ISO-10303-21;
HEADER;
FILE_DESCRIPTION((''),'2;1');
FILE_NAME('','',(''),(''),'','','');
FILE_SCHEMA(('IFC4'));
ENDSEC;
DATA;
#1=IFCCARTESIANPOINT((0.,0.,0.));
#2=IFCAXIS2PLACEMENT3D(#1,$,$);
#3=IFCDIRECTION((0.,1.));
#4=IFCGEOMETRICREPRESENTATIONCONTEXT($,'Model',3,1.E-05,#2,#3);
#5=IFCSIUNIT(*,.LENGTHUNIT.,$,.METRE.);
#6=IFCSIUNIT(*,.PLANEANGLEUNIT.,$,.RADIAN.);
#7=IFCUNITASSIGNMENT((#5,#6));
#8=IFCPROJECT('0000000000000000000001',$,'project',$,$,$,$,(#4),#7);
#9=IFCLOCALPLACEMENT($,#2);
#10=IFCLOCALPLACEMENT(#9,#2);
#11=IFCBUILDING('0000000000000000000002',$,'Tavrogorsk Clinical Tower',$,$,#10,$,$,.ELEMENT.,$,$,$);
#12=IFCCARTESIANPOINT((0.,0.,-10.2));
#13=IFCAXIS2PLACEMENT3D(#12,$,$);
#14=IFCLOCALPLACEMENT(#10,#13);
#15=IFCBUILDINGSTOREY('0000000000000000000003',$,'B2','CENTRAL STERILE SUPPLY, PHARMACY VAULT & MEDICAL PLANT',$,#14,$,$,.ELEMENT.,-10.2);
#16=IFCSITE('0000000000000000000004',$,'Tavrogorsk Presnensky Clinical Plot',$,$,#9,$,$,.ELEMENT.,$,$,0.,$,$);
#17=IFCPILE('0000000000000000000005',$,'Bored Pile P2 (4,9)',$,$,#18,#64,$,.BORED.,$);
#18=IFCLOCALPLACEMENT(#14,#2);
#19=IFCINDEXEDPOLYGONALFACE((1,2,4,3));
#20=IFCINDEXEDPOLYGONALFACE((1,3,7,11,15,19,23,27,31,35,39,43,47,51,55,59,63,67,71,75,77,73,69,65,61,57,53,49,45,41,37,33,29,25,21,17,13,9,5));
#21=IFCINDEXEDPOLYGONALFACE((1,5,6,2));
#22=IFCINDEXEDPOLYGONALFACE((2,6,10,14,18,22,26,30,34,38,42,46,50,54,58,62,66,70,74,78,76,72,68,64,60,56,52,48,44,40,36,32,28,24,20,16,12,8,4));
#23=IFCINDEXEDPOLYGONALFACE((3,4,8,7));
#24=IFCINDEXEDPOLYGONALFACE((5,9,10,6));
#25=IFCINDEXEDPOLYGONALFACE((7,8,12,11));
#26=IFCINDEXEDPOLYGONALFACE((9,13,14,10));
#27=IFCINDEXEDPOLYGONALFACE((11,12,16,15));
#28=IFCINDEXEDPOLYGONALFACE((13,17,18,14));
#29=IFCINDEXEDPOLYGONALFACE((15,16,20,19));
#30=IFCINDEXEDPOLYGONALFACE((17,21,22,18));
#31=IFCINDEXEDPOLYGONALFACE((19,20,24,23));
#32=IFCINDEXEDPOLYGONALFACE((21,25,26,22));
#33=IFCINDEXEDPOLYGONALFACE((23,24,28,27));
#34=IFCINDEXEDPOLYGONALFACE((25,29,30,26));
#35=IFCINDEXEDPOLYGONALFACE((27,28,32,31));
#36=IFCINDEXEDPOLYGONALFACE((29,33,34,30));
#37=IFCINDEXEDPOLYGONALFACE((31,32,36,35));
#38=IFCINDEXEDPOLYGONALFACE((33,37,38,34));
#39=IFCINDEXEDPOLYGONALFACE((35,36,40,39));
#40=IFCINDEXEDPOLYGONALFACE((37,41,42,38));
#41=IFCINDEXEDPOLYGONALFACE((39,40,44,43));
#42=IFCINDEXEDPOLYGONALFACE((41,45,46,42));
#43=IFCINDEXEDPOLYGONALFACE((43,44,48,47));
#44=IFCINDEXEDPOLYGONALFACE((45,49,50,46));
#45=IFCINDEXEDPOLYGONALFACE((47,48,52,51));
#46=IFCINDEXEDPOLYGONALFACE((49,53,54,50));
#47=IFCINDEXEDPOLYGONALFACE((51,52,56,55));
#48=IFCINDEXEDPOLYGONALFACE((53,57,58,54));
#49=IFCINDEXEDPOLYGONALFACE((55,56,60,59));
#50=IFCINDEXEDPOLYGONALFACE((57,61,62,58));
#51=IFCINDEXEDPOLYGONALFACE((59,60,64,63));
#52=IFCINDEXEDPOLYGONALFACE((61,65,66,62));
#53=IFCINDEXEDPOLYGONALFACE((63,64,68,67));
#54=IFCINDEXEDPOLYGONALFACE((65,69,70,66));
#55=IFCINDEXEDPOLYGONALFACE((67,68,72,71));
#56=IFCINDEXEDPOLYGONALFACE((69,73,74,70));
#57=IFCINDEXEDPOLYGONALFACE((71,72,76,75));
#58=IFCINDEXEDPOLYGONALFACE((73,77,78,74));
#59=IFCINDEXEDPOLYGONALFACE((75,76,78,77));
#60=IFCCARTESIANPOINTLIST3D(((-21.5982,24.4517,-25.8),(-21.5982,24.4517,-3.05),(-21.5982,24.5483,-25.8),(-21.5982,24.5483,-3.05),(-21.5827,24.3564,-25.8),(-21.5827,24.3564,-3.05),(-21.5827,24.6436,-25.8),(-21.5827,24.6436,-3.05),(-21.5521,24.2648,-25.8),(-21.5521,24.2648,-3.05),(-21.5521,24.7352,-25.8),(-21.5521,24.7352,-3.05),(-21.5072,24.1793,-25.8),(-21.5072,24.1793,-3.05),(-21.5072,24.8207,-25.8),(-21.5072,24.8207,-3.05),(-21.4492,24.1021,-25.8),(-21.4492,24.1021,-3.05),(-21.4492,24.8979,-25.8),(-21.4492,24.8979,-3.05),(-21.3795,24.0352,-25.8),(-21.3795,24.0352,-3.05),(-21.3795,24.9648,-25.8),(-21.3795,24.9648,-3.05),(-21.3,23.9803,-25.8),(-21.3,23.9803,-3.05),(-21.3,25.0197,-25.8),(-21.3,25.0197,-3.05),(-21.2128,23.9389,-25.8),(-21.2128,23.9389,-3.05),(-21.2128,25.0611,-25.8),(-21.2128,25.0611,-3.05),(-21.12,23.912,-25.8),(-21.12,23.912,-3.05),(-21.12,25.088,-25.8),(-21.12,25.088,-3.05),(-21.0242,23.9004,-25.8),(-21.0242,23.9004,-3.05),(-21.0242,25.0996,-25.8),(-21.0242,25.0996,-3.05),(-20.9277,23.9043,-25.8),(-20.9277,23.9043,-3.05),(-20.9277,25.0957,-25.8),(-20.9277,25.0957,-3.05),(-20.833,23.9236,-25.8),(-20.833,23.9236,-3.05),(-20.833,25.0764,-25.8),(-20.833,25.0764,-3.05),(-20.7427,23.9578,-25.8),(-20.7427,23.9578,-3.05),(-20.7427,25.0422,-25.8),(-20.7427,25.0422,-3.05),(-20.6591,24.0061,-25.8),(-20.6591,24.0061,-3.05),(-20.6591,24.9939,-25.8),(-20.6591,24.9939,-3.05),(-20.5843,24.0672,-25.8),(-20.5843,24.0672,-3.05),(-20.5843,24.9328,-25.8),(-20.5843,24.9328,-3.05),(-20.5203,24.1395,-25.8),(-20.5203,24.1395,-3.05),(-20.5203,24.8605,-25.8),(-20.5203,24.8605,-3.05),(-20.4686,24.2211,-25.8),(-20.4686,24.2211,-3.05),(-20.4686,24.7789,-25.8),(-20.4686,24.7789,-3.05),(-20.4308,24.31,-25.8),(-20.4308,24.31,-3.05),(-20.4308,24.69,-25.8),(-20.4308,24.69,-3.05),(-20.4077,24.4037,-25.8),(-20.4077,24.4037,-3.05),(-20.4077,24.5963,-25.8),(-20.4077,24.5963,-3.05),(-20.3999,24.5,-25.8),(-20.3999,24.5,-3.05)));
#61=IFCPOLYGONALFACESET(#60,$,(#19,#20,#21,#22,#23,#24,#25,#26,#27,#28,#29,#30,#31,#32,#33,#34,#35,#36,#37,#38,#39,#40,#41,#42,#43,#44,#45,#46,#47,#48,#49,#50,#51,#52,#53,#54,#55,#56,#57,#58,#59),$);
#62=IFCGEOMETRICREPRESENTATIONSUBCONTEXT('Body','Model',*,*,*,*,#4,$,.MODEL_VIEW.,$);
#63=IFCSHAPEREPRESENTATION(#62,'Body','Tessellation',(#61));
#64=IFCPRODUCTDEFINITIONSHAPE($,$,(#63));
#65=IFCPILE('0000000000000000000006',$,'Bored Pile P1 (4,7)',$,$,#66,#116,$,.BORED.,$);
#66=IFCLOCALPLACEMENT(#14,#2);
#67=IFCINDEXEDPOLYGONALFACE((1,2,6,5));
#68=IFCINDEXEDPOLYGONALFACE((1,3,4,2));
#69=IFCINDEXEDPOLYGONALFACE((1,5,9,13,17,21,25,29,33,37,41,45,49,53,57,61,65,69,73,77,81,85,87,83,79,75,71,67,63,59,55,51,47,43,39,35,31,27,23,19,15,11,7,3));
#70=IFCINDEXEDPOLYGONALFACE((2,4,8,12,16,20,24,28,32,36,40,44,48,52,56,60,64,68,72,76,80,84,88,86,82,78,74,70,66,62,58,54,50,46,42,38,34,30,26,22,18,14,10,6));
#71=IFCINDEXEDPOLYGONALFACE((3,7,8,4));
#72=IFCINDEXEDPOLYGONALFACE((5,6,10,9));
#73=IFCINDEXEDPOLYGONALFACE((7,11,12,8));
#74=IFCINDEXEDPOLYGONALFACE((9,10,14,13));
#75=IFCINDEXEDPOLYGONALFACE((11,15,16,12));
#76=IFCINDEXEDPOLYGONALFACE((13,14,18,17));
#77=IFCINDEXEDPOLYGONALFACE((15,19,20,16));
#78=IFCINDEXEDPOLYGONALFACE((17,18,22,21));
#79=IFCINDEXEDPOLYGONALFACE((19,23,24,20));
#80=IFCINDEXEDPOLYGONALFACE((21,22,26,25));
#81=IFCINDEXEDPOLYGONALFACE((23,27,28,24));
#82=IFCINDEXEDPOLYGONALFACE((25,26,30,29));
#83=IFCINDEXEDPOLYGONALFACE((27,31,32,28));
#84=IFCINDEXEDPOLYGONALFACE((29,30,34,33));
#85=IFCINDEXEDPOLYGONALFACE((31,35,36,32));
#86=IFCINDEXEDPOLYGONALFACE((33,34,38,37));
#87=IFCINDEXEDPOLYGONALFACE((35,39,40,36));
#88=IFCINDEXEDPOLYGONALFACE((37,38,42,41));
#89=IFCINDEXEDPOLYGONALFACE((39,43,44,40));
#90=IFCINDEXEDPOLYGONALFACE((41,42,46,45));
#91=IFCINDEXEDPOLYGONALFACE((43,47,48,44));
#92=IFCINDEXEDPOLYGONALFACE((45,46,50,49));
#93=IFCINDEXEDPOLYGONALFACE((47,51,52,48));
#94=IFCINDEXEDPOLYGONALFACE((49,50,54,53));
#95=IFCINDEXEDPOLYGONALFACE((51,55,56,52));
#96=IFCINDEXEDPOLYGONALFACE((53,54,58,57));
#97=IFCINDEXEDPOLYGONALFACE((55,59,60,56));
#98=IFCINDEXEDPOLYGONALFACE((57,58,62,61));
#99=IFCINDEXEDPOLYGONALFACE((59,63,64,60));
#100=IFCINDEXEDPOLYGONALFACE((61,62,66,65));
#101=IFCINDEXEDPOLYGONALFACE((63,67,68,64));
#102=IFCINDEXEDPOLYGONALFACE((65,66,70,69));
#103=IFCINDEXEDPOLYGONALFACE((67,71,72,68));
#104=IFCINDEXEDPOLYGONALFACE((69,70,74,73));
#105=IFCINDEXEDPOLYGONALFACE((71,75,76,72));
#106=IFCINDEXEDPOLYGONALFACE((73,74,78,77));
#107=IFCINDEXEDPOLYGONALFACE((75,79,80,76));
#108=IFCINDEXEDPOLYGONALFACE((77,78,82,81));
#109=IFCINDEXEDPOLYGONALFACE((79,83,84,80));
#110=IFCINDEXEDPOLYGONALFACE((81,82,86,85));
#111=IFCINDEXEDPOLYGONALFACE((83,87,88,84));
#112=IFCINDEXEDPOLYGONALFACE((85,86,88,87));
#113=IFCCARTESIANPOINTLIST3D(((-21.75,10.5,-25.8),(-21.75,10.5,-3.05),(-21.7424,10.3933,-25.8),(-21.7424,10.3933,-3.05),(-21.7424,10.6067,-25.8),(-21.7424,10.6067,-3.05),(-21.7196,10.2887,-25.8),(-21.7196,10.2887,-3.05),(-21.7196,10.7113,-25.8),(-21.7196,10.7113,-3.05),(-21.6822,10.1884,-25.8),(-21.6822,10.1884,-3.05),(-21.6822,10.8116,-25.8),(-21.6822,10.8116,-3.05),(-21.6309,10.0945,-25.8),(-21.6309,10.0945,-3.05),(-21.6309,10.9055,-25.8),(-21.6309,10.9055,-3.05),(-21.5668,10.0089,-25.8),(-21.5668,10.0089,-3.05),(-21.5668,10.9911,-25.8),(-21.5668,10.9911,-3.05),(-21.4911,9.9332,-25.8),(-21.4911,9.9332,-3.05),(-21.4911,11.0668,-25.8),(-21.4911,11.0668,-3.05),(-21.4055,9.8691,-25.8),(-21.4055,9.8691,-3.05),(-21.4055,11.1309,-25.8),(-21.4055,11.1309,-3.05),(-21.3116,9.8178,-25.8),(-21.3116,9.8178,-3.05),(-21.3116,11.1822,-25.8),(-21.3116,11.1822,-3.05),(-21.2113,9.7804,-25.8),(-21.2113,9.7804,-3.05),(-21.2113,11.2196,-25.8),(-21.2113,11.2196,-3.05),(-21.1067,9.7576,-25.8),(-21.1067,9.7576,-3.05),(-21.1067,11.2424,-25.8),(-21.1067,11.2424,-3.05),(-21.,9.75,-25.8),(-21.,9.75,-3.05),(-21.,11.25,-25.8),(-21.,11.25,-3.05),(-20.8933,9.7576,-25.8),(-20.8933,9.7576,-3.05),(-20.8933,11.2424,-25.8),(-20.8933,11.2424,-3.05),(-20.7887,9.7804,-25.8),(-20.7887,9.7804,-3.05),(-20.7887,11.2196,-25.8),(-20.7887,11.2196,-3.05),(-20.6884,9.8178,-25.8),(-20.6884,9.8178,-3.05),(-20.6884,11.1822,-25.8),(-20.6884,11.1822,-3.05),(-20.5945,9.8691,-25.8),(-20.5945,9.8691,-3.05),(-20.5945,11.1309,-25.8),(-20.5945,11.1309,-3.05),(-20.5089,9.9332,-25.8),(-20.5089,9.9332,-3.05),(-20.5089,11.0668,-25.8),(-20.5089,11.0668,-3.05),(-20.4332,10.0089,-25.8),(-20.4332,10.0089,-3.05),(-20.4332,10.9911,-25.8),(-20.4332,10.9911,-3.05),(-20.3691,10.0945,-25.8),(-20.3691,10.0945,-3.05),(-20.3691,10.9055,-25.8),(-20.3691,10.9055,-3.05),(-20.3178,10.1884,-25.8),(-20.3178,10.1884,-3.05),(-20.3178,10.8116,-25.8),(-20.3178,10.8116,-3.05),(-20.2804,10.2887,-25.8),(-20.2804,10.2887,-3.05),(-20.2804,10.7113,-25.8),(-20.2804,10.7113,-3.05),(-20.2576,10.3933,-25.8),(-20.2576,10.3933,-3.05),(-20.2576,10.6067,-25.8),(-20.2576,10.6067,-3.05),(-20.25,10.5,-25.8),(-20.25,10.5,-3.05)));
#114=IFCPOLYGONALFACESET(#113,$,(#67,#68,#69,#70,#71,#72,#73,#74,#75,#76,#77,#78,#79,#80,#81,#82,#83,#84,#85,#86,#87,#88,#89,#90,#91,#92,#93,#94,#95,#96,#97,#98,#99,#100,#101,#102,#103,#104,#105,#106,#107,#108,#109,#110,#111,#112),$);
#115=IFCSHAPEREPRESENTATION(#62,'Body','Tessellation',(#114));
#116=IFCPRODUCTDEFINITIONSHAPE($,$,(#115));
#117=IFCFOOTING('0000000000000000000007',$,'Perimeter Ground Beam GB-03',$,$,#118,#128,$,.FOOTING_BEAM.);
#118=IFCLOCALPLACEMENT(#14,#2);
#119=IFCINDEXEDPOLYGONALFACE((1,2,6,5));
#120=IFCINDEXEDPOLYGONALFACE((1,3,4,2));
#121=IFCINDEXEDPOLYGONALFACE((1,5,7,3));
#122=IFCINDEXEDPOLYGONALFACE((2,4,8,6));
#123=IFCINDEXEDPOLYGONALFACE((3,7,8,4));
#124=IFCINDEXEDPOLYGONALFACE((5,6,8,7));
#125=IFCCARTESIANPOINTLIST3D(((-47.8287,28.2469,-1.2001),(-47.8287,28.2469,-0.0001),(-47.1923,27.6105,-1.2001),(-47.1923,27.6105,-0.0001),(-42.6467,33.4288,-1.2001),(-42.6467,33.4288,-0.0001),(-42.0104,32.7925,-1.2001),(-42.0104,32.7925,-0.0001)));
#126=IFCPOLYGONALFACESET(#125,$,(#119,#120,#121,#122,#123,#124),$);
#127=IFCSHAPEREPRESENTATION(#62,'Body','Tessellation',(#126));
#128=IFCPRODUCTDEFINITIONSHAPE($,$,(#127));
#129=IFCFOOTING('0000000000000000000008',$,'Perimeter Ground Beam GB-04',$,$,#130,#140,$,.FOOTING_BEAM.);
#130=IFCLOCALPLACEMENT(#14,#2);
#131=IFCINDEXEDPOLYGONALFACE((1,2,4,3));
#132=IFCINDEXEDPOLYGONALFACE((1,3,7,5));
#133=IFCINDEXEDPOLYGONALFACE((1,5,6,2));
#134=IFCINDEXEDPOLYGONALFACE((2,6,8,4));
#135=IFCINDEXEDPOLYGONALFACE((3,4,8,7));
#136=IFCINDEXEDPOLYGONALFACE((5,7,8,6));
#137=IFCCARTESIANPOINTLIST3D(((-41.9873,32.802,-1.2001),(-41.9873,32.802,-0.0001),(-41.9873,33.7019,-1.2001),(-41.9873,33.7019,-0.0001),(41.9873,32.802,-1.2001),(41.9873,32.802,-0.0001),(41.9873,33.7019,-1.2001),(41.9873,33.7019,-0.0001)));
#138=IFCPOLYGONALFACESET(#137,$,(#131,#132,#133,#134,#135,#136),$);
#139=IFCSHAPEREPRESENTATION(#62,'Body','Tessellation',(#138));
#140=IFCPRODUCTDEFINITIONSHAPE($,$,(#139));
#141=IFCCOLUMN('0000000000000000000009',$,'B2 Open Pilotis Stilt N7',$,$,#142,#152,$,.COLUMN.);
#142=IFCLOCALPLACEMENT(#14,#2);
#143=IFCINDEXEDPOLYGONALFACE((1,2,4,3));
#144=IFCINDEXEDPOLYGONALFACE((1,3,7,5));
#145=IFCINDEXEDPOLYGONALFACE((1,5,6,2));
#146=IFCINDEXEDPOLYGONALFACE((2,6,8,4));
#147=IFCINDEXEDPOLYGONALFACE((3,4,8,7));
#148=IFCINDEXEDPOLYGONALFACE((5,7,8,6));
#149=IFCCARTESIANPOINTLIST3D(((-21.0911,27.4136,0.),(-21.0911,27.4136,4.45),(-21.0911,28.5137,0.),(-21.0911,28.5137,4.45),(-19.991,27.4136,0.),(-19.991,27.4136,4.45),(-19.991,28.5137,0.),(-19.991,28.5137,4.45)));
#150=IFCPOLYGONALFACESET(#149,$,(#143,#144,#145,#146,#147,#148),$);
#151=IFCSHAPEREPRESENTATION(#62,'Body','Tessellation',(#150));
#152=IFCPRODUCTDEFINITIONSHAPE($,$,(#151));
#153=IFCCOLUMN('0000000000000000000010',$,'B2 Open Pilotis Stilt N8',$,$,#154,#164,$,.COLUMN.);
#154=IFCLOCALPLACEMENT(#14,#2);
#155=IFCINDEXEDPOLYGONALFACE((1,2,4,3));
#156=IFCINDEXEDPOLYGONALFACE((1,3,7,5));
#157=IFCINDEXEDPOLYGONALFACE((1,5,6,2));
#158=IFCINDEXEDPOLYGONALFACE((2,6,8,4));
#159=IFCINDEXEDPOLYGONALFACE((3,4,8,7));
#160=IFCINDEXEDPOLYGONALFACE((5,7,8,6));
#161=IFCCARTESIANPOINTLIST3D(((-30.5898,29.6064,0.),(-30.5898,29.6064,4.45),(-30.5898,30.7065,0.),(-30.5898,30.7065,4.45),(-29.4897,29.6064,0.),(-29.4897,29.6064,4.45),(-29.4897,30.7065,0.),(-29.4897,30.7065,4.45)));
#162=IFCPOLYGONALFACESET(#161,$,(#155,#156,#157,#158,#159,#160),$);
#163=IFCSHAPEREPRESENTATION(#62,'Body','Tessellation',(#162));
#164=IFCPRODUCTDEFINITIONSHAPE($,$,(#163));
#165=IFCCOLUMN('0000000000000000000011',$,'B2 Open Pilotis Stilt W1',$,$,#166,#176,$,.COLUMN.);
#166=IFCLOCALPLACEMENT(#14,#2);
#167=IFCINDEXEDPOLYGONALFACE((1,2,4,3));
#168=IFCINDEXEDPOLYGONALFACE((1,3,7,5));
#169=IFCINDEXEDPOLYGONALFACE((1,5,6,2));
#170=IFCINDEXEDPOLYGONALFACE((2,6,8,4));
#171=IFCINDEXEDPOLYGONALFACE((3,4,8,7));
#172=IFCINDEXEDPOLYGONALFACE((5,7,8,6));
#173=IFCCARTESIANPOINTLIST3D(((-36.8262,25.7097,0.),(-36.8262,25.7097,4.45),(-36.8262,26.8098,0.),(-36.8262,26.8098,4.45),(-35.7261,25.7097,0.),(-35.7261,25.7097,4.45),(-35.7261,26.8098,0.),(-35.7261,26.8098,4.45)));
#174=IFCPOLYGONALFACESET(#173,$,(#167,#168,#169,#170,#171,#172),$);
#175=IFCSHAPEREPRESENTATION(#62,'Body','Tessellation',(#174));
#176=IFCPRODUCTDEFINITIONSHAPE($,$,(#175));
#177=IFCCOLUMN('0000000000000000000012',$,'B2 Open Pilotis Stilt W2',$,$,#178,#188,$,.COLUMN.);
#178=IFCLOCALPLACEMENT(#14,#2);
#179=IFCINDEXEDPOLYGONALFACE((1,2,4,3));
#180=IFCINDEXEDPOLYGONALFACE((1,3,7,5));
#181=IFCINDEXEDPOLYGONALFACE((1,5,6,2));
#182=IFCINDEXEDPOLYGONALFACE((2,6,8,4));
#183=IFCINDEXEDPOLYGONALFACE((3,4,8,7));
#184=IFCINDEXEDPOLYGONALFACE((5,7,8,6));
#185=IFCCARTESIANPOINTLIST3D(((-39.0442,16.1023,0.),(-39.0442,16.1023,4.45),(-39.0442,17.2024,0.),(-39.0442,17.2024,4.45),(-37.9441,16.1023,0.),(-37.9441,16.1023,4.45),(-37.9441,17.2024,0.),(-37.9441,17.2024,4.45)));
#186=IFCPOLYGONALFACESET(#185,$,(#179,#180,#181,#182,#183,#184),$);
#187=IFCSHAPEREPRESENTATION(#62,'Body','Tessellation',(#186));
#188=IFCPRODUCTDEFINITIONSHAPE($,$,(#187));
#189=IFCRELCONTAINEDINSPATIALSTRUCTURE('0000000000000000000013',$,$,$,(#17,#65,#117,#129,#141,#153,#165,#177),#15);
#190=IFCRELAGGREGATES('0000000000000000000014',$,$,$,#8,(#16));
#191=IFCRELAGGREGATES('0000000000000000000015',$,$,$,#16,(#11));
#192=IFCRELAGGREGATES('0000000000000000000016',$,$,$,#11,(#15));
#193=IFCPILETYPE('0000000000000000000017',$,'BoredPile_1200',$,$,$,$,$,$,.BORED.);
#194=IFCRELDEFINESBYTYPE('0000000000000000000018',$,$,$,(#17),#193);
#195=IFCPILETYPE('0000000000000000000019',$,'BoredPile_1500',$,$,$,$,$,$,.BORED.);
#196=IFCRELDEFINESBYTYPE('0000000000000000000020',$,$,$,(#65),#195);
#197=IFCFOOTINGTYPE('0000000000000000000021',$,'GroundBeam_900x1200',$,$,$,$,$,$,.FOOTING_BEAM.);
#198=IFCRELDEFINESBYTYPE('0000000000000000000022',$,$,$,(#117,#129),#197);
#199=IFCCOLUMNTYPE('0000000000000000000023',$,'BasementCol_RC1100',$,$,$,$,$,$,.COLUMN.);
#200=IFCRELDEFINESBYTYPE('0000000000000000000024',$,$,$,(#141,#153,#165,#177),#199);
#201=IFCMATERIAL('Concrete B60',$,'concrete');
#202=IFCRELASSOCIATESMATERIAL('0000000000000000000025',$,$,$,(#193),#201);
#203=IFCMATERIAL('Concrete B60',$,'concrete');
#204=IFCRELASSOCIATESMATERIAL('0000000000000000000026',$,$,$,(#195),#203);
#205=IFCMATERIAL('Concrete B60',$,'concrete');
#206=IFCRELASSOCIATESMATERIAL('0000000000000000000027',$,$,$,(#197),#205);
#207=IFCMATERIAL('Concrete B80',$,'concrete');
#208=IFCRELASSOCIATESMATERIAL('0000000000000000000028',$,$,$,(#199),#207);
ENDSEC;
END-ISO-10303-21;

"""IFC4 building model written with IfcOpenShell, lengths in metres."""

from ifc_helpers import new_model, si_unit, direction, frame, origin, origin_2d, place, context, subcontext, project, spatial, rectangle, circle, extrude, material, material_profile, profile_set, type_object, element, save


model = new_model("IFC4")

# Units and contexts
model_context = context("Model", 3, precision=1e-05, world=origin(), true_north=direction((0.0, 1.0)))
body_context = subcontext(model_context, "Body", "Model", "MODEL_VIEW")
ifc_project = project(units=[si_unit("LENGTHUNIT", "METRE"), si_unit("PLANEANGLEUNIT", "RADIAN")], contexts=[model_context])

# Site, building, storey
site_placement = place(None, origin())
site = spatial("IfcSite", under=ifc_project, at=site_placement, Name="Tavrogorsk Presnensky Clinical Plot", CompositionType="ELEMENT", RefElevation=0.0)
building_placement = place(site_placement, origin())
building = spatial("IfcBuilding", under=site, at=building_placement, Name="Tavrogorsk Clinical Tower", CompositionType="ELEMENT")
storey_placement = place(building_placement, frame((0.0, 0.0, -10.2)))
storey = spatial("IfcBuildingStorey", under=building, at=storey_placement, Name="B2", Description="CENTRAL STERILE SUPPLY, PHARMACY VAULT & MEDICAL PLANT", CompositionType="ELEMENT", Elevation=-10.2)

# Piles
ifc_material_1 = material(Name="Concrete B60", Category="concrete")
ifc_material_profile_1 = material_profile(ifc_material_1, circle(Radius=0.6001, at=origin_2d()), Name="BORED-PILE-1200")
ifc_profile_set_1 = profile_set([ifc_material_profile_1], Name="Concrete B60")
pile_type_1 = type_object("IfcPileType", Name="BoredPile_1200", PredefinedType="BORED", material=ifc_profile_set_1)
for number, where, z_axis, x_axis, name in (
    (1, (-21.0, 24.5, -3.05), (0.0, 0.0, -1.0), (1.0, 0.0, 0.0), "Bored Pile P2 (4,9)"),
):
    element("IfcPile", number, at=place(storey_placement, frame(where, z_axis=z_axis, x_axis=x_axis)), inside=storey, type_object=pile_type_1, Name=name, PredefinedType="BORED", context=body_context, shape_type="SweptSolid", body=[
        extrude(circle(Radius=0.6001, at=origin_2d()), origin(), (0.0, 0.0, 1.0), 22.75),
    ])
ifc_material_2 = material(Name="Concrete B60", Category="concrete")
ifc_material_profile_2 = material_profile(ifc_material_2, circle(Radius=0.75, at=origin_2d()), Name="BORED-PILE-1500")
ifc_profile_set_2 = profile_set([ifc_material_profile_2], Name="Concrete B60")
pile_type_2 = type_object("IfcPileType", Name="BoredPile_1500", PredefinedType="BORED", material=ifc_profile_set_2)
pile_placement = place(storey_placement, frame((-21.0, 10.5, -3.05), z_axis=(0.0, 0.0, -1.0), x_axis=(1.0, 0.0, 0.0)))
element("IfcPile", 2, at=pile_placement, inside=storey, type_object=pile_type_2, Name="Bored Pile P1 (4,7)", PredefinedType="BORED", context=body_context, shape_type="SweptSolid", body=[
    extrude(circle(Radius=0.75, at=origin_2d()), origin(), (0.0, 0.0, 1.0), 22.75),
])

# Footings
ifc_material_3 = material(Name="Concrete B60", Category="concrete")
ifc_material_profile_3 = material_profile(ifc_material_3, rectangle(XDim=0.8999, YDim=1.2, at=origin_2d()), Name="RC-GB-900x1200")
ifc_profile_set_3 = profile_set([ifc_material_profile_3], Name="Concrete B60")
footing_type = type_object("IfcFootingType", Name="GroundBeam_900x1200", PredefinedType="FOOTING_BEAM", material=ifc_profile_set_3)
footing_1_placement = place(storey_placement, frame((-47.5105, 27.9287, -0.6001), z_axis=(0.707107, 0.707107, 0.0), x_axis=(-0.707107, 0.707107, 0.0)))
element("IfcFooting", 3, at=footing_1_placement, inside=storey, type_object=footing_type, Name="Perimeter Ground Beam GB-03", PredefinedType="FOOTING_BEAM", context=body_context, shape_type="SweptSolid", body=[
    extrude(rectangle(XDim=0.8999, YDim=1.2, at=origin_2d()), origin(), (0.0, 0.0, 1.0), 7.3284),
])
footing_2_placement = place(storey_placement, frame((-41.9873, 33.252, -0.6001), z_axis=(1.0, 0.0, 0.0), x_axis=(0.0, 1.0, 0.0)))
element("IfcFooting", 4, at=footing_2_placement, inside=storey, type_object=footing_type, Name="Perimeter Ground Beam GB-04", PredefinedType="FOOTING_BEAM", context=body_context, shape_type="SweptSolid", body=[
    extrude(rectangle(XDim=0.8999, YDim=1.2, at=origin_2d()), origin(), (0.0, 0.0, 1.0), 83.9746),
])

# Columns
ifc_material_4 = material(Name="Concrete B80", Category="concrete")
ifc_material_profile_4 = material_profile(ifc_material_4, rectangle(XDim=1.1001, YDim=1.1001, at=origin_2d()), Name="RC-COL-1100x1100")
ifc_profile_set_4 = profile_set([ifc_material_profile_4], Name="Concrete B80")
column_type_1 = type_object("IfcColumnType", Name="BasementCol_RC1100", PredefinedType="COLUMN", material=ifc_profile_set_4)
for number, where, z_axis, x_axis, name in (
    (5, (-20.541, 27.9636, 0.0), (0.0, 0.0, 1.0), (1.0, 0.0, 0.0), "B2 Open Pilotis Stilt N7"),
    (6, (-30.0398, 30.1565, 0.0), (0.0, 0.0, 1.0), (1.0, 0.0, 0.0), "B2 Open Pilotis Stilt N8"),
    (7, (-36.2761, 26.2598, 0.0), (0.0, 0.0, 1.0), (1.0, 0.0, 0.0), "B2 Open Pilotis Stilt W1"),
    (8, (-38.4941, 16.6523, 0.0), (0.0, 0.0, 1.0), (1.0, 0.0, 0.0), "B2 Open Pilotis Stilt W2"),
):
    element("IfcColumn", number, at=place(storey_placement, frame(where, z_axis=z_axis, x_axis=x_axis)), inside=storey, type_object=column_type_1, Name=name, PredefinedType="COLUMN", context=body_context, shape_type="SweptSolid", body=[
        extrude(rectangle(XDim=1.1001, YDim=1.1001, at=origin_2d()), origin(), (0.0, 0.0, 1.0), 4.45),
    ])

save(model, "model.ifc")
